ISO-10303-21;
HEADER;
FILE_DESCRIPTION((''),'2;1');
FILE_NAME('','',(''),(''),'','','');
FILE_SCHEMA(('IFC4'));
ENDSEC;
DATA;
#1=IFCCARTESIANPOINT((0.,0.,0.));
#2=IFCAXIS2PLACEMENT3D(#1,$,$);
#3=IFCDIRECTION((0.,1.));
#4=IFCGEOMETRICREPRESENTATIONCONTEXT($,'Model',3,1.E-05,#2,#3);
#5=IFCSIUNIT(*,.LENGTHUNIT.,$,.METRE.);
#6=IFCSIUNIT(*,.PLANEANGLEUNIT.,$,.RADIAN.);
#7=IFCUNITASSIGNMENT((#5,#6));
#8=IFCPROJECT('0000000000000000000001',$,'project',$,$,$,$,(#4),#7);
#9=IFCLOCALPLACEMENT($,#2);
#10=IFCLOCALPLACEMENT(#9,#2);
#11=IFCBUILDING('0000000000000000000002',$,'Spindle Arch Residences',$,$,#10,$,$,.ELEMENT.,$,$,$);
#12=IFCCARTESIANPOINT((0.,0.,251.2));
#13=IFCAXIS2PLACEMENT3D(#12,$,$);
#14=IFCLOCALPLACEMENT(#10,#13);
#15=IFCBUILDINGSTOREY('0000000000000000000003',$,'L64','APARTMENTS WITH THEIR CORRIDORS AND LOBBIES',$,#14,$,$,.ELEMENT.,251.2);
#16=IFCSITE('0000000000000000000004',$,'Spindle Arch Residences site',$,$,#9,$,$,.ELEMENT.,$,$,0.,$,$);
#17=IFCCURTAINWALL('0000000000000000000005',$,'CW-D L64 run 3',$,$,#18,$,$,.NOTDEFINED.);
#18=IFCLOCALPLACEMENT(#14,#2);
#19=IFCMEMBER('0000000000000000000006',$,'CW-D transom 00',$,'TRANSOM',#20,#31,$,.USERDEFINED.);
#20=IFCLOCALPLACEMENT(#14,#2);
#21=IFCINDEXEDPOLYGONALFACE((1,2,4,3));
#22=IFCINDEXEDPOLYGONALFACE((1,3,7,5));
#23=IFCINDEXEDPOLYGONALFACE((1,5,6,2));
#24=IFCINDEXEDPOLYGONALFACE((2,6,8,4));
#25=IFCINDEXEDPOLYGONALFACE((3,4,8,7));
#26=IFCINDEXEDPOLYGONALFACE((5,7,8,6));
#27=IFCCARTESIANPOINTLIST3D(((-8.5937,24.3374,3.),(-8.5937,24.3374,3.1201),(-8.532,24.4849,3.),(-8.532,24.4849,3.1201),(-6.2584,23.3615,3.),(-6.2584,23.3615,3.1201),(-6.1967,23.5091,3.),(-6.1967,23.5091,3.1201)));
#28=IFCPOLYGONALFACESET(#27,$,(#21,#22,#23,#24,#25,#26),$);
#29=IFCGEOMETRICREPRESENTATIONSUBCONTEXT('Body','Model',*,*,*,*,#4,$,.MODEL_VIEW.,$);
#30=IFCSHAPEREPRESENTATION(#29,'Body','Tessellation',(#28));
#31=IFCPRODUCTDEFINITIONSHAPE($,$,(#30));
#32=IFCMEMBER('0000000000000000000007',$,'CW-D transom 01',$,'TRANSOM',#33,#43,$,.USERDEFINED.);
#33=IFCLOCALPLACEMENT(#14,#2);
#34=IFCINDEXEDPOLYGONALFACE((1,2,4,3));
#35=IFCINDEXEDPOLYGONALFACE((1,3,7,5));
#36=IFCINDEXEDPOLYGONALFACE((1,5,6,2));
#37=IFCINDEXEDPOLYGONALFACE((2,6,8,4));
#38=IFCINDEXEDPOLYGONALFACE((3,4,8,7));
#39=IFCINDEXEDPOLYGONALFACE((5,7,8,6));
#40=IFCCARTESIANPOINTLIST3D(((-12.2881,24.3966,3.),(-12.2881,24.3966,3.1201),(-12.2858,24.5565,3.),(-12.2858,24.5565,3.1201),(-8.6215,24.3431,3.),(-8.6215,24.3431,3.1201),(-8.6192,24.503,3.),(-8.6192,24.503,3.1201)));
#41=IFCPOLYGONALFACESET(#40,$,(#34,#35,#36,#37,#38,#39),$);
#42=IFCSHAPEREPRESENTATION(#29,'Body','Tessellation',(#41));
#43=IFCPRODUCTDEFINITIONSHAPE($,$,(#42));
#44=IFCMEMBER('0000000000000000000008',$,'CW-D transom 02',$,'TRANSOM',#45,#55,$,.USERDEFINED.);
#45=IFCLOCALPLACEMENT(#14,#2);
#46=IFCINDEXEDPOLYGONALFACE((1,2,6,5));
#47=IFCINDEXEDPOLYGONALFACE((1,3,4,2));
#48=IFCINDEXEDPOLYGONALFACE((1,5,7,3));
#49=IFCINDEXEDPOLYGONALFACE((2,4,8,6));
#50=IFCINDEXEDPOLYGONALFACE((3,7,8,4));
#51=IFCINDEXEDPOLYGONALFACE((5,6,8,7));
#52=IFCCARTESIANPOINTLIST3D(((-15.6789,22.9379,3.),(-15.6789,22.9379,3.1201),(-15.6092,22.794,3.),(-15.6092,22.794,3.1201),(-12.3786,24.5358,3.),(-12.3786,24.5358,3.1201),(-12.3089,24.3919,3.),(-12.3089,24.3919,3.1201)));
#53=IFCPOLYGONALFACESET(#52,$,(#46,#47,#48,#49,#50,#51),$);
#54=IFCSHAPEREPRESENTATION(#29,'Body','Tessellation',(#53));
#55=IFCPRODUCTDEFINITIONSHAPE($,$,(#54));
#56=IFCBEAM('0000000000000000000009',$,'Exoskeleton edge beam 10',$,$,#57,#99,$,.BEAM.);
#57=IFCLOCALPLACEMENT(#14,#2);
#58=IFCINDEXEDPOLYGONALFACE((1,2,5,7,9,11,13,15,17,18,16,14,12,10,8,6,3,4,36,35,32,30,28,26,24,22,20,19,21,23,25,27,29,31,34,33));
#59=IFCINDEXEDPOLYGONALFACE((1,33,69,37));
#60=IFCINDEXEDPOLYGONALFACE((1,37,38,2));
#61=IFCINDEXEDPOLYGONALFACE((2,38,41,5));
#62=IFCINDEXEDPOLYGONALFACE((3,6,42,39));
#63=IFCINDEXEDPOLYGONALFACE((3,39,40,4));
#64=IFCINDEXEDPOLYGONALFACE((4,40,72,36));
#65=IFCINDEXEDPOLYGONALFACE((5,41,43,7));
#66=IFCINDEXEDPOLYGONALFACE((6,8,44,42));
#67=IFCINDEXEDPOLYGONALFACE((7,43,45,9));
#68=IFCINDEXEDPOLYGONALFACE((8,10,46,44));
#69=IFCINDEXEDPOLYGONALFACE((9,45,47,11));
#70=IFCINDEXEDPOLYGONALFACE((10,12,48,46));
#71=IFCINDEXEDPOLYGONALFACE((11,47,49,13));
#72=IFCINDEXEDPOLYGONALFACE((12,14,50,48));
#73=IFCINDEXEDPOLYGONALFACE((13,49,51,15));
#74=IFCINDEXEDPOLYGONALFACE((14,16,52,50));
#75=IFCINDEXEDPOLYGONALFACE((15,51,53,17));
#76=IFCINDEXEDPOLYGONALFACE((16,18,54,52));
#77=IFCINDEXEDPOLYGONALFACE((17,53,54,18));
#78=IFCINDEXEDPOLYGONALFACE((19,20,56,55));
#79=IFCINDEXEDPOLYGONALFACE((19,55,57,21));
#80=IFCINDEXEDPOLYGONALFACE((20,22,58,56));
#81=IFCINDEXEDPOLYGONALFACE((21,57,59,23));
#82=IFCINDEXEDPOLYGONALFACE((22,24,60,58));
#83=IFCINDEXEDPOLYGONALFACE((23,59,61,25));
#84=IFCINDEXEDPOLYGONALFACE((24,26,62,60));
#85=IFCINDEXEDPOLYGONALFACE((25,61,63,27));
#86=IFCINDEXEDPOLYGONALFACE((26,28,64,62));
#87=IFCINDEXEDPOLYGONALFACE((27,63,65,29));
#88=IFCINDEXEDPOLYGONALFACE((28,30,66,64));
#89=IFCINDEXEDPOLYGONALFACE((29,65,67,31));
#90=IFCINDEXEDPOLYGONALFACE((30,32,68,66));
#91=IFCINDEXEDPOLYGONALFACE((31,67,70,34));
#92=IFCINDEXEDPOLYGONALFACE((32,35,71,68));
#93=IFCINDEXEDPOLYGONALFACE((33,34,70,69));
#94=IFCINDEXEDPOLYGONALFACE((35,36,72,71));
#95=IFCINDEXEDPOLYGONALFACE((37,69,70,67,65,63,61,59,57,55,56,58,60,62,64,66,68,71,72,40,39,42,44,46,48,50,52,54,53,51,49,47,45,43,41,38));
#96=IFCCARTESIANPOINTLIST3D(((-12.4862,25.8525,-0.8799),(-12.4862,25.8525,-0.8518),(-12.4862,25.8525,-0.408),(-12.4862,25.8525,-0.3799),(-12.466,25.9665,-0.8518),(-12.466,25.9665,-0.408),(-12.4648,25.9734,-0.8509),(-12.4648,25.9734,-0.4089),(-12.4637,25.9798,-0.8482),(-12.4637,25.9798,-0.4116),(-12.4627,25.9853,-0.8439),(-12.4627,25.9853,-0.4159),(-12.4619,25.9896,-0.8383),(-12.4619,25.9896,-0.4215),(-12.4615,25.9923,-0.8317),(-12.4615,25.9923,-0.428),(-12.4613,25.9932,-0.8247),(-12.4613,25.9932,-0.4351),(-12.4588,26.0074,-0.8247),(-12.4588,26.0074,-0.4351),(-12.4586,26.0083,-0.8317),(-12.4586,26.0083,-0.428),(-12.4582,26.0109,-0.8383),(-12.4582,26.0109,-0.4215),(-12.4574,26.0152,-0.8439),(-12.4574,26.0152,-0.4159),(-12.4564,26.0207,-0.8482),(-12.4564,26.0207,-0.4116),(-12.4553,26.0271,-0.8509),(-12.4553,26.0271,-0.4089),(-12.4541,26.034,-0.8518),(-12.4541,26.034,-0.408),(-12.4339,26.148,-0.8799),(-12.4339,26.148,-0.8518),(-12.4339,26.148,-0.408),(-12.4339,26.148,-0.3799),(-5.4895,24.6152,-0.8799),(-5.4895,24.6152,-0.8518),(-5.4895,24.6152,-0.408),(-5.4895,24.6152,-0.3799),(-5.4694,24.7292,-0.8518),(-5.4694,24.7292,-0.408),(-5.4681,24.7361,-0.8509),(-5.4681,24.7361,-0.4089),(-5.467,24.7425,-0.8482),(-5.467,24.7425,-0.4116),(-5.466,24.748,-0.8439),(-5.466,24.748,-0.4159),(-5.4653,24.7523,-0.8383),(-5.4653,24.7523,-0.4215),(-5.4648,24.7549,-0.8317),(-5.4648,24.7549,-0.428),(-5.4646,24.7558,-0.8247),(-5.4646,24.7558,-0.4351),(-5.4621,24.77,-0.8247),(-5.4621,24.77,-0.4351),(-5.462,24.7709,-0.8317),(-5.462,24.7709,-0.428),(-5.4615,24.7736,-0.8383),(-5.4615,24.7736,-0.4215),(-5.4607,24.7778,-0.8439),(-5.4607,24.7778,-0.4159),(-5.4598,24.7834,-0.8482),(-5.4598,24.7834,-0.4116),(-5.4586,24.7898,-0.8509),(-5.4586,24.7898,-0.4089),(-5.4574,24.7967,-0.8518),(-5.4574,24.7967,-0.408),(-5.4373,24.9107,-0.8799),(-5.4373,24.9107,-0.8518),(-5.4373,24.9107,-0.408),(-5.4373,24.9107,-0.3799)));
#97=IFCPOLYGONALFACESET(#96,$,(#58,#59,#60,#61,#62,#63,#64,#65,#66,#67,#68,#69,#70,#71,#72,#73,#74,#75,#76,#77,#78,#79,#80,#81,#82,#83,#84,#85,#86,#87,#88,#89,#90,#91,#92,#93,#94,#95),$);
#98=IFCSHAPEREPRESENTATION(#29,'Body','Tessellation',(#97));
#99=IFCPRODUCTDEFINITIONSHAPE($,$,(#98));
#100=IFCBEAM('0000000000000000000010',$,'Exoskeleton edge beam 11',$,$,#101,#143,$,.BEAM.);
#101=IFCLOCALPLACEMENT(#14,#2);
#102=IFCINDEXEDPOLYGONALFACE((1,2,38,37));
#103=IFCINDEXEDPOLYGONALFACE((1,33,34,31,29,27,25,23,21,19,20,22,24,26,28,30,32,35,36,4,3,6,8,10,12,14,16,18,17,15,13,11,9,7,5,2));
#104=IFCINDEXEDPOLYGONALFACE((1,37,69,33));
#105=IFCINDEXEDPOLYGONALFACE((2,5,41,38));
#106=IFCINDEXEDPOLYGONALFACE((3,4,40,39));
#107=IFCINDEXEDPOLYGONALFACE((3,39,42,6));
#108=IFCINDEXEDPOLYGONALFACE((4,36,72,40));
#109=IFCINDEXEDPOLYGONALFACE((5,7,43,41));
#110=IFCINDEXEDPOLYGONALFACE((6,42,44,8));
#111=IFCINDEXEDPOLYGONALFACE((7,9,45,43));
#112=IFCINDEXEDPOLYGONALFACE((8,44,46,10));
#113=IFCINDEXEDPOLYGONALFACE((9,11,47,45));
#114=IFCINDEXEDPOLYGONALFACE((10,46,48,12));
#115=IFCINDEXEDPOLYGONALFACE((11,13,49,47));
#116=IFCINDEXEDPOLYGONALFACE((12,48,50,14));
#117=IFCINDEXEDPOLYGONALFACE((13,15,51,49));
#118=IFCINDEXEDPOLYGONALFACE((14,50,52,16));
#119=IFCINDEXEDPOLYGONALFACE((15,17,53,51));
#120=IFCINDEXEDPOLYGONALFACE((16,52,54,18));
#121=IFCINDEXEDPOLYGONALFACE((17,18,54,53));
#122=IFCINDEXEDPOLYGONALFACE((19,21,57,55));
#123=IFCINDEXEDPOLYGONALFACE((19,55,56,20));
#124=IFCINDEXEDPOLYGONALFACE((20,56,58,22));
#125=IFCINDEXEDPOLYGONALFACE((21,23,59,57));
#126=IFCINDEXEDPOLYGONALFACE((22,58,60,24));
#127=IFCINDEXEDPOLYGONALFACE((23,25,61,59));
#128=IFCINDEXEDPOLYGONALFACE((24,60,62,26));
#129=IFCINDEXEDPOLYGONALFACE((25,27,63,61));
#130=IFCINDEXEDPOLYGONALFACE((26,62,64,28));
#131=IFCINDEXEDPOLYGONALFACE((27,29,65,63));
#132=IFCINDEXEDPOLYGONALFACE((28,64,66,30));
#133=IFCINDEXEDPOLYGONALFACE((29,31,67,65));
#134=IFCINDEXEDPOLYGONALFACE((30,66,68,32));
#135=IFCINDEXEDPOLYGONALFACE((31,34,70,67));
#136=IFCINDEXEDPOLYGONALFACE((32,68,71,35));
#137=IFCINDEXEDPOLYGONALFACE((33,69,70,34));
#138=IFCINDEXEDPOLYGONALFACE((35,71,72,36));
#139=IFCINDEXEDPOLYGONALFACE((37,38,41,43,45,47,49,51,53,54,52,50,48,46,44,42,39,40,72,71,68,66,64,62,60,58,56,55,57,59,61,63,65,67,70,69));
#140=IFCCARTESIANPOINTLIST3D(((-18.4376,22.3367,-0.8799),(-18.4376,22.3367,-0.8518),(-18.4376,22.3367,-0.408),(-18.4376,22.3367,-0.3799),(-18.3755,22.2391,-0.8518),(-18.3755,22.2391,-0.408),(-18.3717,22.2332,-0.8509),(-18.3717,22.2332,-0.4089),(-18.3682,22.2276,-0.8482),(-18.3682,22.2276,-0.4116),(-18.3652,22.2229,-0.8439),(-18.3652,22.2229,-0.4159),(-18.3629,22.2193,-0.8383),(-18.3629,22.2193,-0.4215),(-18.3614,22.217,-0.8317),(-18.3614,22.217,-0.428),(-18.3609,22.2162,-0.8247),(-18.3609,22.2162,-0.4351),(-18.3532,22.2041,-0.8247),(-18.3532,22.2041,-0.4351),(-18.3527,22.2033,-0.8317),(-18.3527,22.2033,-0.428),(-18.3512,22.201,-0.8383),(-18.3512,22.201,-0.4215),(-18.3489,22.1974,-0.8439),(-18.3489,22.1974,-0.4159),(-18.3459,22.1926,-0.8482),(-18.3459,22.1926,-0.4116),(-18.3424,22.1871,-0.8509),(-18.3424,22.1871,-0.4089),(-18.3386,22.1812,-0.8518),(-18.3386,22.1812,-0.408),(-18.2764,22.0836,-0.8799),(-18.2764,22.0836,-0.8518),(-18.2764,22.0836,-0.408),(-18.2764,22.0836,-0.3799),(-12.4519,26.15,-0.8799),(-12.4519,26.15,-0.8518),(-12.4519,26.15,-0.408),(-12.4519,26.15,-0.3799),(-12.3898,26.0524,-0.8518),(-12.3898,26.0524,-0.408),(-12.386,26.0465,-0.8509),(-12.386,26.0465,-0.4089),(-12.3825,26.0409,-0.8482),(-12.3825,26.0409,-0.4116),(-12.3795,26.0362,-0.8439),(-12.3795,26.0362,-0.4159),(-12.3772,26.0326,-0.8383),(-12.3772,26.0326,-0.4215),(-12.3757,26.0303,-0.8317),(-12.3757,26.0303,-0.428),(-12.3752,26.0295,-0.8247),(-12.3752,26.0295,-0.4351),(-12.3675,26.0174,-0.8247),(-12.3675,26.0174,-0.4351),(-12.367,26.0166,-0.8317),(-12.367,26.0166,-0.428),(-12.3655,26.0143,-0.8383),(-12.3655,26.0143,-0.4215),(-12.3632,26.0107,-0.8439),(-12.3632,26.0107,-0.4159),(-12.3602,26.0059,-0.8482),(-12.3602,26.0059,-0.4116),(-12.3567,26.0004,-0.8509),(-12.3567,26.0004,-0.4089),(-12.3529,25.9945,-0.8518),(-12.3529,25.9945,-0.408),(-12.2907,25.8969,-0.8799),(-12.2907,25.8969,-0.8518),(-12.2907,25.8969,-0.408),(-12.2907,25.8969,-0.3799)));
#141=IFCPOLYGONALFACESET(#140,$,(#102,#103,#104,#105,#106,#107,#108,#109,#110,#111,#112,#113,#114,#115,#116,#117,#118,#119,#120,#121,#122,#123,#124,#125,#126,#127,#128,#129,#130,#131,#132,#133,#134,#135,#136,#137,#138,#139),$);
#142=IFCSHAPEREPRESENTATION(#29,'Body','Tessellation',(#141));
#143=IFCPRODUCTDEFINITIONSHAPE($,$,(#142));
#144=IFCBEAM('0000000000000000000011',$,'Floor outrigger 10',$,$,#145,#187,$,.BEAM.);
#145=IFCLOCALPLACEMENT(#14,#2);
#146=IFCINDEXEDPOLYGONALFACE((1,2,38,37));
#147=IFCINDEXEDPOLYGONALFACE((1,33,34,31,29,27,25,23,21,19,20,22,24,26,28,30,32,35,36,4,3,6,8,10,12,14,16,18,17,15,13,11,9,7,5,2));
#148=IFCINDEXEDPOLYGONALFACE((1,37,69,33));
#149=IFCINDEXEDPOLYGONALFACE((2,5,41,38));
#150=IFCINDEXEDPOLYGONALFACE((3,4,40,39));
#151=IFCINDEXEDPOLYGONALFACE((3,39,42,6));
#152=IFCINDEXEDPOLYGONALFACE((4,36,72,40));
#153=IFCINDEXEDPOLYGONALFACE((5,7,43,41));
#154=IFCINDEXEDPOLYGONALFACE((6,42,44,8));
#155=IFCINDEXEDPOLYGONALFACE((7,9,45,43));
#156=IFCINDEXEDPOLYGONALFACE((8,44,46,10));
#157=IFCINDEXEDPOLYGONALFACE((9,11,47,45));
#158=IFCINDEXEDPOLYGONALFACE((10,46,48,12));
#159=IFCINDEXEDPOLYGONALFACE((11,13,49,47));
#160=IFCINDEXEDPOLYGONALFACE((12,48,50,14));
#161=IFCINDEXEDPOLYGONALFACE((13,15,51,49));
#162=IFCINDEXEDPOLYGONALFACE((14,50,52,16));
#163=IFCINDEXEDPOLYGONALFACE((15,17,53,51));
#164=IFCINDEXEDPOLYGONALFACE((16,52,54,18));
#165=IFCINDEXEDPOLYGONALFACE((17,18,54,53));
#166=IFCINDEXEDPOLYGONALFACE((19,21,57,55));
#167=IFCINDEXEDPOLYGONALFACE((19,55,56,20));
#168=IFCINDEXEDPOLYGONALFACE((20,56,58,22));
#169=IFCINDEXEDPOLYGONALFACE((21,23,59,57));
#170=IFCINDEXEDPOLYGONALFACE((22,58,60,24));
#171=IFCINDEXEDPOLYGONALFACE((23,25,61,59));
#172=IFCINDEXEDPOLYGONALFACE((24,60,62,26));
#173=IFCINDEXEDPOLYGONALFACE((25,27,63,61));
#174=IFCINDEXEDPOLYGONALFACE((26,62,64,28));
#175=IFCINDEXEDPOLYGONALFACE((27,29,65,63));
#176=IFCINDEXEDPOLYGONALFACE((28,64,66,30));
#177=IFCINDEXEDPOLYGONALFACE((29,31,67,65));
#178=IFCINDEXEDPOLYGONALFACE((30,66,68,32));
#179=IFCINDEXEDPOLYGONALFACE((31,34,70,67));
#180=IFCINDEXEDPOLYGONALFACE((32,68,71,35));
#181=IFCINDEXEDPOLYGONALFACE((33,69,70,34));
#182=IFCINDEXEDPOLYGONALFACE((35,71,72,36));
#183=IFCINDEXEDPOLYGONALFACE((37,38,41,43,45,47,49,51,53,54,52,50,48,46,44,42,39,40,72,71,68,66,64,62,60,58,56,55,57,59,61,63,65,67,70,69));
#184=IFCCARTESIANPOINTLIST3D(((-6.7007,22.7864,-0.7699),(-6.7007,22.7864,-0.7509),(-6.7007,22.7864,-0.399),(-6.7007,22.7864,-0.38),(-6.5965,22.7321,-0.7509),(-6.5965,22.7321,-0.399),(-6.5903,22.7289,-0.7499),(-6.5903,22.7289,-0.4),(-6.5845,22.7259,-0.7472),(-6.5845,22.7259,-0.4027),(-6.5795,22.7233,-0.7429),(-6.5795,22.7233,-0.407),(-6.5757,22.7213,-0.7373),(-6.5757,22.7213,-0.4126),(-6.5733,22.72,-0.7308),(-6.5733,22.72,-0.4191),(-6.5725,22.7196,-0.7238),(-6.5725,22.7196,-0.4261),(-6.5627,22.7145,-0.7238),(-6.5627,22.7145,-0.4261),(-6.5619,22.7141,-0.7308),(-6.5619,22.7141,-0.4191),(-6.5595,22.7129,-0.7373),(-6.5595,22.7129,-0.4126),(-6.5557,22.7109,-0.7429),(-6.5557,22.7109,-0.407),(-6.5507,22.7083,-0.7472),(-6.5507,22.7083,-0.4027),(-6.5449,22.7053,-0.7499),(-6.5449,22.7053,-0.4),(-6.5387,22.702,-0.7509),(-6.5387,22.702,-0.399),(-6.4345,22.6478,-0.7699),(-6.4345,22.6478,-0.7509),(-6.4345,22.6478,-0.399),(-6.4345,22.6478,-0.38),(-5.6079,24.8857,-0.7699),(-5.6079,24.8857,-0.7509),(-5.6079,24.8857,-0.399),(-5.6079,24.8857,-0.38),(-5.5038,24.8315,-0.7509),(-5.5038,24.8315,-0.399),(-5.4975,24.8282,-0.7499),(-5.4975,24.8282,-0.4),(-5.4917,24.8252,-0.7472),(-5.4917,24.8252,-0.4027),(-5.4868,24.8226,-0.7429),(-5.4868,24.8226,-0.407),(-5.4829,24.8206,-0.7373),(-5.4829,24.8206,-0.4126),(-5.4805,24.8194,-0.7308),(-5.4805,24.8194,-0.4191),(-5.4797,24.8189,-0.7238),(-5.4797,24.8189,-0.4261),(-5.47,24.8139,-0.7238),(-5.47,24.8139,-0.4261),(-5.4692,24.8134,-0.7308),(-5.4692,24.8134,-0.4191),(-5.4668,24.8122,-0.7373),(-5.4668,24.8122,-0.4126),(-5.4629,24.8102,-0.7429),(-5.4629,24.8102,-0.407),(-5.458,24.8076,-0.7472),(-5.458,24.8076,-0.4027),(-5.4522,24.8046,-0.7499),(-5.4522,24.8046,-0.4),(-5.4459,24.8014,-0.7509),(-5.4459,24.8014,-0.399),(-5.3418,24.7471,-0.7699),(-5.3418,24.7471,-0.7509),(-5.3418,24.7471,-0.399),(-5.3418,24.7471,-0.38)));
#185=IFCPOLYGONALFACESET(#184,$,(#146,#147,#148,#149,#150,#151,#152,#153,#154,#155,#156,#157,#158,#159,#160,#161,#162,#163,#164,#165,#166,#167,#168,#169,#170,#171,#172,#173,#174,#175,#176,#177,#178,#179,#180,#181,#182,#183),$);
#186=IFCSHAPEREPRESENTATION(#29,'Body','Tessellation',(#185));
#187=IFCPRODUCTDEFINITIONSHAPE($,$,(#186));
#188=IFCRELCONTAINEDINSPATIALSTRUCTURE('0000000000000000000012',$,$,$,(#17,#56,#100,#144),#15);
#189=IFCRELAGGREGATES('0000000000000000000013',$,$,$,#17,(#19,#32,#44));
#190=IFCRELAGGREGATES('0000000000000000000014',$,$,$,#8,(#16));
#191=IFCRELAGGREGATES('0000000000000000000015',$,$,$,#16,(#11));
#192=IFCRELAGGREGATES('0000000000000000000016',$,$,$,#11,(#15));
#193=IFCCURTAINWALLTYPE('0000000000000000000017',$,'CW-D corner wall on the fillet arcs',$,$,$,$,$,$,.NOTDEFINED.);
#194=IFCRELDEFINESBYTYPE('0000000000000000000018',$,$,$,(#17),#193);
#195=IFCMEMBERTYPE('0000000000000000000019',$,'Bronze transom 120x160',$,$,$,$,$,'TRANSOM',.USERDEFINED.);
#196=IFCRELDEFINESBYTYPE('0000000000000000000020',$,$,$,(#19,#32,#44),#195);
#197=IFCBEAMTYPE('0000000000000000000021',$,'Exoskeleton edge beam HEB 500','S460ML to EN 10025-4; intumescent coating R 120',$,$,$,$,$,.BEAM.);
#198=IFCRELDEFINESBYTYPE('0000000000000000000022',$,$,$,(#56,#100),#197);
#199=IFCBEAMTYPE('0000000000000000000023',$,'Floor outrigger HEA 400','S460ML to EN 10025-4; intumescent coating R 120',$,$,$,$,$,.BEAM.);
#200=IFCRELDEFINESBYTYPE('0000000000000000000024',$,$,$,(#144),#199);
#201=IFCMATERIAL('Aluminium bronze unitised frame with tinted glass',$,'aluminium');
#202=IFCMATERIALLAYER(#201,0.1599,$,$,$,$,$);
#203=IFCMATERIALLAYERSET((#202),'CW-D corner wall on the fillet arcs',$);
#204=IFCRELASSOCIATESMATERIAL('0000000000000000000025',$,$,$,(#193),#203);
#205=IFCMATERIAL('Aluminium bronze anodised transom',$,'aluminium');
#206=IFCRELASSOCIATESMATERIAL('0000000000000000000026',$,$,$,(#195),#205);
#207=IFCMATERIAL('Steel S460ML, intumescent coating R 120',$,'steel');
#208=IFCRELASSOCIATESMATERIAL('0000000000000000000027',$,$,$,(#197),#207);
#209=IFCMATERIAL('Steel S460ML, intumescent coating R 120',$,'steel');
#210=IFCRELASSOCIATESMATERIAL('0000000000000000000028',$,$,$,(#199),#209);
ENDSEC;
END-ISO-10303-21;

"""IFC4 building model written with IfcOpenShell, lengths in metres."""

from ifc_helpers import new_model, si_unit, direction, frame, origin, origin_2d, place, context, subcontext, project, spatial, rectangle, i_section, extrude, material, layer, layer_set, material_profile, profile_set, type_object, element, aggregate, save


model = new_model("IFC4")

# Units and contexts
model_context = context("Model", 3, precision=1e-05, world=origin(), true_north=direction((0.0, 1.0)))
body_context = subcontext(model_context, "Body", "Model", "MODEL_VIEW")
ifc_project = project(units=[si_unit("LENGTHUNIT", "METRE"), si_unit("PLANEANGLEUNIT", "RADIAN")], contexts=[model_context])

# Site, building, storey
site_placement = place(None, origin())
site = spatial("IfcSite", under=ifc_project, at=site_placement, Name="Spindle Arch Residences site", CompositionType="ELEMENT", RefElevation=0.0)
building_placement = place(site_placement, origin())
building = spatial("IfcBuilding", under=site, at=building_placement, Name="Spindle Arch Residences", CompositionType="ELEMENT")
storey_placement = place(building_placement, frame((0.0, 0.0, 251.2)))
storey = spatial("IfcBuildingStorey", under=building, at=storey_placement, Name="L64", Description="APARTMENTS WITH THEIR CORRIDORS AND LOBBIES", CompositionType="ELEMENT", Elevation=251.2)

# Curtain wall, members
ifc_material_1 = material(Name="Aluminium bronze unitised frame with tinted glass", Category="aluminium")
ifc_layer_1 = layer(ifc_material_1, 0.1599)
ifc_layer_set_1 = layer_set([ifc_layer_1], Name="CW-D corner wall on the fillet arcs")
curtain_wall_type_1 = type_object("IfcCurtainWallType", Name="CW-D corner wall on the fillet arcs", PredefinedType="NOTDEFINED", material=ifc_layer_set_1)
curtain_wall_1_placement = place(storey_placement, origin())
curtain_wall_1 = element("IfcCurtainWall", 1, at=curtain_wall_1_placement, inside=storey, type_object=curtain_wall_type_1, Name="CW-D L64 run 3", PredefinedType="NOTDEFINED")
ifc_material_2 = material(Name="Aluminium bronze anodised transom", Category="aluminium")
ifc_material_profile_1 = material_profile(ifc_material_2, rectangle(XDim=0.1599, YDim=0.1201, at=origin_2d()), Name="TR 120x160")
ifc_profile_set_1 = profile_set([ifc_material_profile_1], Name="Aluminium bronze anodised transom")
member_type_1 = type_object("IfcMemberType", Name="Bronze transom 120x160", ElementType="TRANSOM", PredefinedType="USERDEFINED", material=ifc_profile_set_1)
member_1_placement = place(storey_placement, frame((-6.2275, 23.4353, 3.0601), z_axis=(-0.92268, 0.385567, 0.0), x_axis=(-0.385567, -0.92268, 0.0)))
member_1 = element("IfcMember", 2, at=member_1_placement, type_object=member_type_1, Name="CW-D transom 00", ObjectType="TRANSOM", PredefinedType="USERDEFINED", context=body_context, shape_type="SweptSolid", body=[
    extrude(rectangle(XDim=0.1599, YDim=0.1201, at=origin_2d()), origin(), (0.0, 0.0, 1.0), 2.531),
])
member_2_placement = place(storey_placement, frame((-8.6204, 24.4231, 3.0601), z_axis=(-0.999894, 0.014581, 0.0), x_axis=(-0.014581, -0.999894, 0.0)))
member_2 = element("IfcMember", 3, at=member_2_placement, type_object=member_type_1, Name="CW-D transom 01", ObjectType="TRANSOM", PredefinedType="USERDEFINED", context=body_context, shape_type="SweptSolid", body=[
    extrude(rectangle(XDim=0.1599, YDim=0.1201, at=origin_2d()), origin(), (0.0, 0.0, 1.0), 3.667),
])
member_3_placement = place(storey_placement, frame((-12.3438, 24.4639, 3.0601), z_axis=(-0.900054, -0.435778, 0.0), x_axis=(0.435778, -0.900054, 0.0)))
member_3 = element("IfcMember", 4, at=member_3_placement, type_object=member_type_1, Name="CW-D transom 02", ObjectType="TRANSOM", PredefinedType="USERDEFINED", context=body_context, shape_type="SweptSolid", body=[
    extrude(rectangle(XDim=0.1599, YDim=0.1201, at=origin_2d()), origin(), (0.0, 0.0, 1.0), 3.6667),
])

# Beams
ifc_material_3 = material(Name="Steel S460ML, intumescent coating R 120", Category="steel")
ifc_material_profile_2 = material_profile(ifc_material_3, i_section(OverallWidth=0.3, OverallDepth=0.5, WebThickness=0.0144, FlangeThickness=0.0281, FilletRadius=0.0271, at=origin_2d()), Name="HEB 500")
ifc_profile_set_2 = profile_set([ifc_material_profile_2], Name="Steel S460ML, intumescent coating R 120")
beam_type_1 = type_object("IfcBeamType", Name="Exoskeleton edge beam HEB 500", Description="S460ML to EN 10025-4; intumescent coating R 120", PredefinedType="BEAM", material=ifc_profile_set_2)
beam_1_placement = place(storey_placement, frame((-5.4634, 24.7629, -0.6299), z_axis=(-0.984721, 0.174142, 0.0), x_axis=(-0.174142, -0.984721, 0.0)))
element("IfcBeam", 5, at=beam_1_placement, inside=storey, type_object=beam_type_1, Name="Exoskeleton edge beam 10", PredefinedType="BEAM", context=body_context, shape_type="SweptSolid", body=[
    extrude(i_section(OverallWidth=0.3, OverallDepth=0.5, WebThickness=0.0144, FlangeThickness=0.0281, FilletRadius=0.0271, at=origin_2d()), origin(), (0.0, 0.0, 1.0), 7.1052),
])
beam_2_placement = place(storey_placement, frame((-12.3713, 26.0234, -0.6299), z_axis=(-0.843392, -0.537298, 0.0), x_axis=(0.537298, -0.843392, 0.0)))
element("IfcBeam", 6, at=beam_2_placement, inside=storey, type_object=beam_type_1, Name="Exoskeleton edge beam 11", PredefinedType="BEAM", context=body_context, shape_type="SweptSolid", body=[
    extrude(i_section(OverallWidth=0.3, OverallDepth=0.5, WebThickness=0.0144, FlangeThickness=0.0281, FilletRadius=0.0271, at=origin_2d()), origin(), (0.0, 0.0, 1.0), 7.0972),
])
ifc_material_4 = material(Name="Steel S460ML, intumescent coating R 120", Category="steel")
ifc_material_profile_3 = material_profile(ifc_material_4, i_section(OverallWidth=0.3, OverallDepth=0.3899, WebThickness=0.011, FlangeThickness=0.019, FilletRadius=0.0271, at=origin_2d()), Name="HEA 400")
ifc_profile_set_3 = profile_set([ifc_material_profile_3], Name="Steel S460ML, intumescent coating R 120")
beam_type_2 = type_object("IfcBeamType", Name="Floor outrigger HEA 400", Description="S460ML to EN 10025-4; intumescent coating R 120", PredefinedType="BEAM", material=ifc_profile_set_3)
beam_3_placement = place(storey_placement, frame((-5.4749, 24.8164, -0.575), z_axis=(-0.46172, -0.887026, 0.0), x_axis=(0.887026, -0.46172, 0.0)))
element("IfcBeam", 7, at=beam_3_placement, inside=storey, type_object=beam_type_2, Name="Floor outrigger 10", PredefinedType="BEAM", context=body_context, shape_type="SweptSolid", body=[
    extrude(i_section(OverallWidth=0.3, OverallDepth=0.3899, WebThickness=0.011, FlangeThickness=0.019, FilletRadius=0.0271, at=origin_2d()), origin(), (0.0, 0.0, 1.0), 2.3667),
])

aggregate(curtain_wall_1, [member_1, member_2, member_3])

save(model, "model.ifc")
